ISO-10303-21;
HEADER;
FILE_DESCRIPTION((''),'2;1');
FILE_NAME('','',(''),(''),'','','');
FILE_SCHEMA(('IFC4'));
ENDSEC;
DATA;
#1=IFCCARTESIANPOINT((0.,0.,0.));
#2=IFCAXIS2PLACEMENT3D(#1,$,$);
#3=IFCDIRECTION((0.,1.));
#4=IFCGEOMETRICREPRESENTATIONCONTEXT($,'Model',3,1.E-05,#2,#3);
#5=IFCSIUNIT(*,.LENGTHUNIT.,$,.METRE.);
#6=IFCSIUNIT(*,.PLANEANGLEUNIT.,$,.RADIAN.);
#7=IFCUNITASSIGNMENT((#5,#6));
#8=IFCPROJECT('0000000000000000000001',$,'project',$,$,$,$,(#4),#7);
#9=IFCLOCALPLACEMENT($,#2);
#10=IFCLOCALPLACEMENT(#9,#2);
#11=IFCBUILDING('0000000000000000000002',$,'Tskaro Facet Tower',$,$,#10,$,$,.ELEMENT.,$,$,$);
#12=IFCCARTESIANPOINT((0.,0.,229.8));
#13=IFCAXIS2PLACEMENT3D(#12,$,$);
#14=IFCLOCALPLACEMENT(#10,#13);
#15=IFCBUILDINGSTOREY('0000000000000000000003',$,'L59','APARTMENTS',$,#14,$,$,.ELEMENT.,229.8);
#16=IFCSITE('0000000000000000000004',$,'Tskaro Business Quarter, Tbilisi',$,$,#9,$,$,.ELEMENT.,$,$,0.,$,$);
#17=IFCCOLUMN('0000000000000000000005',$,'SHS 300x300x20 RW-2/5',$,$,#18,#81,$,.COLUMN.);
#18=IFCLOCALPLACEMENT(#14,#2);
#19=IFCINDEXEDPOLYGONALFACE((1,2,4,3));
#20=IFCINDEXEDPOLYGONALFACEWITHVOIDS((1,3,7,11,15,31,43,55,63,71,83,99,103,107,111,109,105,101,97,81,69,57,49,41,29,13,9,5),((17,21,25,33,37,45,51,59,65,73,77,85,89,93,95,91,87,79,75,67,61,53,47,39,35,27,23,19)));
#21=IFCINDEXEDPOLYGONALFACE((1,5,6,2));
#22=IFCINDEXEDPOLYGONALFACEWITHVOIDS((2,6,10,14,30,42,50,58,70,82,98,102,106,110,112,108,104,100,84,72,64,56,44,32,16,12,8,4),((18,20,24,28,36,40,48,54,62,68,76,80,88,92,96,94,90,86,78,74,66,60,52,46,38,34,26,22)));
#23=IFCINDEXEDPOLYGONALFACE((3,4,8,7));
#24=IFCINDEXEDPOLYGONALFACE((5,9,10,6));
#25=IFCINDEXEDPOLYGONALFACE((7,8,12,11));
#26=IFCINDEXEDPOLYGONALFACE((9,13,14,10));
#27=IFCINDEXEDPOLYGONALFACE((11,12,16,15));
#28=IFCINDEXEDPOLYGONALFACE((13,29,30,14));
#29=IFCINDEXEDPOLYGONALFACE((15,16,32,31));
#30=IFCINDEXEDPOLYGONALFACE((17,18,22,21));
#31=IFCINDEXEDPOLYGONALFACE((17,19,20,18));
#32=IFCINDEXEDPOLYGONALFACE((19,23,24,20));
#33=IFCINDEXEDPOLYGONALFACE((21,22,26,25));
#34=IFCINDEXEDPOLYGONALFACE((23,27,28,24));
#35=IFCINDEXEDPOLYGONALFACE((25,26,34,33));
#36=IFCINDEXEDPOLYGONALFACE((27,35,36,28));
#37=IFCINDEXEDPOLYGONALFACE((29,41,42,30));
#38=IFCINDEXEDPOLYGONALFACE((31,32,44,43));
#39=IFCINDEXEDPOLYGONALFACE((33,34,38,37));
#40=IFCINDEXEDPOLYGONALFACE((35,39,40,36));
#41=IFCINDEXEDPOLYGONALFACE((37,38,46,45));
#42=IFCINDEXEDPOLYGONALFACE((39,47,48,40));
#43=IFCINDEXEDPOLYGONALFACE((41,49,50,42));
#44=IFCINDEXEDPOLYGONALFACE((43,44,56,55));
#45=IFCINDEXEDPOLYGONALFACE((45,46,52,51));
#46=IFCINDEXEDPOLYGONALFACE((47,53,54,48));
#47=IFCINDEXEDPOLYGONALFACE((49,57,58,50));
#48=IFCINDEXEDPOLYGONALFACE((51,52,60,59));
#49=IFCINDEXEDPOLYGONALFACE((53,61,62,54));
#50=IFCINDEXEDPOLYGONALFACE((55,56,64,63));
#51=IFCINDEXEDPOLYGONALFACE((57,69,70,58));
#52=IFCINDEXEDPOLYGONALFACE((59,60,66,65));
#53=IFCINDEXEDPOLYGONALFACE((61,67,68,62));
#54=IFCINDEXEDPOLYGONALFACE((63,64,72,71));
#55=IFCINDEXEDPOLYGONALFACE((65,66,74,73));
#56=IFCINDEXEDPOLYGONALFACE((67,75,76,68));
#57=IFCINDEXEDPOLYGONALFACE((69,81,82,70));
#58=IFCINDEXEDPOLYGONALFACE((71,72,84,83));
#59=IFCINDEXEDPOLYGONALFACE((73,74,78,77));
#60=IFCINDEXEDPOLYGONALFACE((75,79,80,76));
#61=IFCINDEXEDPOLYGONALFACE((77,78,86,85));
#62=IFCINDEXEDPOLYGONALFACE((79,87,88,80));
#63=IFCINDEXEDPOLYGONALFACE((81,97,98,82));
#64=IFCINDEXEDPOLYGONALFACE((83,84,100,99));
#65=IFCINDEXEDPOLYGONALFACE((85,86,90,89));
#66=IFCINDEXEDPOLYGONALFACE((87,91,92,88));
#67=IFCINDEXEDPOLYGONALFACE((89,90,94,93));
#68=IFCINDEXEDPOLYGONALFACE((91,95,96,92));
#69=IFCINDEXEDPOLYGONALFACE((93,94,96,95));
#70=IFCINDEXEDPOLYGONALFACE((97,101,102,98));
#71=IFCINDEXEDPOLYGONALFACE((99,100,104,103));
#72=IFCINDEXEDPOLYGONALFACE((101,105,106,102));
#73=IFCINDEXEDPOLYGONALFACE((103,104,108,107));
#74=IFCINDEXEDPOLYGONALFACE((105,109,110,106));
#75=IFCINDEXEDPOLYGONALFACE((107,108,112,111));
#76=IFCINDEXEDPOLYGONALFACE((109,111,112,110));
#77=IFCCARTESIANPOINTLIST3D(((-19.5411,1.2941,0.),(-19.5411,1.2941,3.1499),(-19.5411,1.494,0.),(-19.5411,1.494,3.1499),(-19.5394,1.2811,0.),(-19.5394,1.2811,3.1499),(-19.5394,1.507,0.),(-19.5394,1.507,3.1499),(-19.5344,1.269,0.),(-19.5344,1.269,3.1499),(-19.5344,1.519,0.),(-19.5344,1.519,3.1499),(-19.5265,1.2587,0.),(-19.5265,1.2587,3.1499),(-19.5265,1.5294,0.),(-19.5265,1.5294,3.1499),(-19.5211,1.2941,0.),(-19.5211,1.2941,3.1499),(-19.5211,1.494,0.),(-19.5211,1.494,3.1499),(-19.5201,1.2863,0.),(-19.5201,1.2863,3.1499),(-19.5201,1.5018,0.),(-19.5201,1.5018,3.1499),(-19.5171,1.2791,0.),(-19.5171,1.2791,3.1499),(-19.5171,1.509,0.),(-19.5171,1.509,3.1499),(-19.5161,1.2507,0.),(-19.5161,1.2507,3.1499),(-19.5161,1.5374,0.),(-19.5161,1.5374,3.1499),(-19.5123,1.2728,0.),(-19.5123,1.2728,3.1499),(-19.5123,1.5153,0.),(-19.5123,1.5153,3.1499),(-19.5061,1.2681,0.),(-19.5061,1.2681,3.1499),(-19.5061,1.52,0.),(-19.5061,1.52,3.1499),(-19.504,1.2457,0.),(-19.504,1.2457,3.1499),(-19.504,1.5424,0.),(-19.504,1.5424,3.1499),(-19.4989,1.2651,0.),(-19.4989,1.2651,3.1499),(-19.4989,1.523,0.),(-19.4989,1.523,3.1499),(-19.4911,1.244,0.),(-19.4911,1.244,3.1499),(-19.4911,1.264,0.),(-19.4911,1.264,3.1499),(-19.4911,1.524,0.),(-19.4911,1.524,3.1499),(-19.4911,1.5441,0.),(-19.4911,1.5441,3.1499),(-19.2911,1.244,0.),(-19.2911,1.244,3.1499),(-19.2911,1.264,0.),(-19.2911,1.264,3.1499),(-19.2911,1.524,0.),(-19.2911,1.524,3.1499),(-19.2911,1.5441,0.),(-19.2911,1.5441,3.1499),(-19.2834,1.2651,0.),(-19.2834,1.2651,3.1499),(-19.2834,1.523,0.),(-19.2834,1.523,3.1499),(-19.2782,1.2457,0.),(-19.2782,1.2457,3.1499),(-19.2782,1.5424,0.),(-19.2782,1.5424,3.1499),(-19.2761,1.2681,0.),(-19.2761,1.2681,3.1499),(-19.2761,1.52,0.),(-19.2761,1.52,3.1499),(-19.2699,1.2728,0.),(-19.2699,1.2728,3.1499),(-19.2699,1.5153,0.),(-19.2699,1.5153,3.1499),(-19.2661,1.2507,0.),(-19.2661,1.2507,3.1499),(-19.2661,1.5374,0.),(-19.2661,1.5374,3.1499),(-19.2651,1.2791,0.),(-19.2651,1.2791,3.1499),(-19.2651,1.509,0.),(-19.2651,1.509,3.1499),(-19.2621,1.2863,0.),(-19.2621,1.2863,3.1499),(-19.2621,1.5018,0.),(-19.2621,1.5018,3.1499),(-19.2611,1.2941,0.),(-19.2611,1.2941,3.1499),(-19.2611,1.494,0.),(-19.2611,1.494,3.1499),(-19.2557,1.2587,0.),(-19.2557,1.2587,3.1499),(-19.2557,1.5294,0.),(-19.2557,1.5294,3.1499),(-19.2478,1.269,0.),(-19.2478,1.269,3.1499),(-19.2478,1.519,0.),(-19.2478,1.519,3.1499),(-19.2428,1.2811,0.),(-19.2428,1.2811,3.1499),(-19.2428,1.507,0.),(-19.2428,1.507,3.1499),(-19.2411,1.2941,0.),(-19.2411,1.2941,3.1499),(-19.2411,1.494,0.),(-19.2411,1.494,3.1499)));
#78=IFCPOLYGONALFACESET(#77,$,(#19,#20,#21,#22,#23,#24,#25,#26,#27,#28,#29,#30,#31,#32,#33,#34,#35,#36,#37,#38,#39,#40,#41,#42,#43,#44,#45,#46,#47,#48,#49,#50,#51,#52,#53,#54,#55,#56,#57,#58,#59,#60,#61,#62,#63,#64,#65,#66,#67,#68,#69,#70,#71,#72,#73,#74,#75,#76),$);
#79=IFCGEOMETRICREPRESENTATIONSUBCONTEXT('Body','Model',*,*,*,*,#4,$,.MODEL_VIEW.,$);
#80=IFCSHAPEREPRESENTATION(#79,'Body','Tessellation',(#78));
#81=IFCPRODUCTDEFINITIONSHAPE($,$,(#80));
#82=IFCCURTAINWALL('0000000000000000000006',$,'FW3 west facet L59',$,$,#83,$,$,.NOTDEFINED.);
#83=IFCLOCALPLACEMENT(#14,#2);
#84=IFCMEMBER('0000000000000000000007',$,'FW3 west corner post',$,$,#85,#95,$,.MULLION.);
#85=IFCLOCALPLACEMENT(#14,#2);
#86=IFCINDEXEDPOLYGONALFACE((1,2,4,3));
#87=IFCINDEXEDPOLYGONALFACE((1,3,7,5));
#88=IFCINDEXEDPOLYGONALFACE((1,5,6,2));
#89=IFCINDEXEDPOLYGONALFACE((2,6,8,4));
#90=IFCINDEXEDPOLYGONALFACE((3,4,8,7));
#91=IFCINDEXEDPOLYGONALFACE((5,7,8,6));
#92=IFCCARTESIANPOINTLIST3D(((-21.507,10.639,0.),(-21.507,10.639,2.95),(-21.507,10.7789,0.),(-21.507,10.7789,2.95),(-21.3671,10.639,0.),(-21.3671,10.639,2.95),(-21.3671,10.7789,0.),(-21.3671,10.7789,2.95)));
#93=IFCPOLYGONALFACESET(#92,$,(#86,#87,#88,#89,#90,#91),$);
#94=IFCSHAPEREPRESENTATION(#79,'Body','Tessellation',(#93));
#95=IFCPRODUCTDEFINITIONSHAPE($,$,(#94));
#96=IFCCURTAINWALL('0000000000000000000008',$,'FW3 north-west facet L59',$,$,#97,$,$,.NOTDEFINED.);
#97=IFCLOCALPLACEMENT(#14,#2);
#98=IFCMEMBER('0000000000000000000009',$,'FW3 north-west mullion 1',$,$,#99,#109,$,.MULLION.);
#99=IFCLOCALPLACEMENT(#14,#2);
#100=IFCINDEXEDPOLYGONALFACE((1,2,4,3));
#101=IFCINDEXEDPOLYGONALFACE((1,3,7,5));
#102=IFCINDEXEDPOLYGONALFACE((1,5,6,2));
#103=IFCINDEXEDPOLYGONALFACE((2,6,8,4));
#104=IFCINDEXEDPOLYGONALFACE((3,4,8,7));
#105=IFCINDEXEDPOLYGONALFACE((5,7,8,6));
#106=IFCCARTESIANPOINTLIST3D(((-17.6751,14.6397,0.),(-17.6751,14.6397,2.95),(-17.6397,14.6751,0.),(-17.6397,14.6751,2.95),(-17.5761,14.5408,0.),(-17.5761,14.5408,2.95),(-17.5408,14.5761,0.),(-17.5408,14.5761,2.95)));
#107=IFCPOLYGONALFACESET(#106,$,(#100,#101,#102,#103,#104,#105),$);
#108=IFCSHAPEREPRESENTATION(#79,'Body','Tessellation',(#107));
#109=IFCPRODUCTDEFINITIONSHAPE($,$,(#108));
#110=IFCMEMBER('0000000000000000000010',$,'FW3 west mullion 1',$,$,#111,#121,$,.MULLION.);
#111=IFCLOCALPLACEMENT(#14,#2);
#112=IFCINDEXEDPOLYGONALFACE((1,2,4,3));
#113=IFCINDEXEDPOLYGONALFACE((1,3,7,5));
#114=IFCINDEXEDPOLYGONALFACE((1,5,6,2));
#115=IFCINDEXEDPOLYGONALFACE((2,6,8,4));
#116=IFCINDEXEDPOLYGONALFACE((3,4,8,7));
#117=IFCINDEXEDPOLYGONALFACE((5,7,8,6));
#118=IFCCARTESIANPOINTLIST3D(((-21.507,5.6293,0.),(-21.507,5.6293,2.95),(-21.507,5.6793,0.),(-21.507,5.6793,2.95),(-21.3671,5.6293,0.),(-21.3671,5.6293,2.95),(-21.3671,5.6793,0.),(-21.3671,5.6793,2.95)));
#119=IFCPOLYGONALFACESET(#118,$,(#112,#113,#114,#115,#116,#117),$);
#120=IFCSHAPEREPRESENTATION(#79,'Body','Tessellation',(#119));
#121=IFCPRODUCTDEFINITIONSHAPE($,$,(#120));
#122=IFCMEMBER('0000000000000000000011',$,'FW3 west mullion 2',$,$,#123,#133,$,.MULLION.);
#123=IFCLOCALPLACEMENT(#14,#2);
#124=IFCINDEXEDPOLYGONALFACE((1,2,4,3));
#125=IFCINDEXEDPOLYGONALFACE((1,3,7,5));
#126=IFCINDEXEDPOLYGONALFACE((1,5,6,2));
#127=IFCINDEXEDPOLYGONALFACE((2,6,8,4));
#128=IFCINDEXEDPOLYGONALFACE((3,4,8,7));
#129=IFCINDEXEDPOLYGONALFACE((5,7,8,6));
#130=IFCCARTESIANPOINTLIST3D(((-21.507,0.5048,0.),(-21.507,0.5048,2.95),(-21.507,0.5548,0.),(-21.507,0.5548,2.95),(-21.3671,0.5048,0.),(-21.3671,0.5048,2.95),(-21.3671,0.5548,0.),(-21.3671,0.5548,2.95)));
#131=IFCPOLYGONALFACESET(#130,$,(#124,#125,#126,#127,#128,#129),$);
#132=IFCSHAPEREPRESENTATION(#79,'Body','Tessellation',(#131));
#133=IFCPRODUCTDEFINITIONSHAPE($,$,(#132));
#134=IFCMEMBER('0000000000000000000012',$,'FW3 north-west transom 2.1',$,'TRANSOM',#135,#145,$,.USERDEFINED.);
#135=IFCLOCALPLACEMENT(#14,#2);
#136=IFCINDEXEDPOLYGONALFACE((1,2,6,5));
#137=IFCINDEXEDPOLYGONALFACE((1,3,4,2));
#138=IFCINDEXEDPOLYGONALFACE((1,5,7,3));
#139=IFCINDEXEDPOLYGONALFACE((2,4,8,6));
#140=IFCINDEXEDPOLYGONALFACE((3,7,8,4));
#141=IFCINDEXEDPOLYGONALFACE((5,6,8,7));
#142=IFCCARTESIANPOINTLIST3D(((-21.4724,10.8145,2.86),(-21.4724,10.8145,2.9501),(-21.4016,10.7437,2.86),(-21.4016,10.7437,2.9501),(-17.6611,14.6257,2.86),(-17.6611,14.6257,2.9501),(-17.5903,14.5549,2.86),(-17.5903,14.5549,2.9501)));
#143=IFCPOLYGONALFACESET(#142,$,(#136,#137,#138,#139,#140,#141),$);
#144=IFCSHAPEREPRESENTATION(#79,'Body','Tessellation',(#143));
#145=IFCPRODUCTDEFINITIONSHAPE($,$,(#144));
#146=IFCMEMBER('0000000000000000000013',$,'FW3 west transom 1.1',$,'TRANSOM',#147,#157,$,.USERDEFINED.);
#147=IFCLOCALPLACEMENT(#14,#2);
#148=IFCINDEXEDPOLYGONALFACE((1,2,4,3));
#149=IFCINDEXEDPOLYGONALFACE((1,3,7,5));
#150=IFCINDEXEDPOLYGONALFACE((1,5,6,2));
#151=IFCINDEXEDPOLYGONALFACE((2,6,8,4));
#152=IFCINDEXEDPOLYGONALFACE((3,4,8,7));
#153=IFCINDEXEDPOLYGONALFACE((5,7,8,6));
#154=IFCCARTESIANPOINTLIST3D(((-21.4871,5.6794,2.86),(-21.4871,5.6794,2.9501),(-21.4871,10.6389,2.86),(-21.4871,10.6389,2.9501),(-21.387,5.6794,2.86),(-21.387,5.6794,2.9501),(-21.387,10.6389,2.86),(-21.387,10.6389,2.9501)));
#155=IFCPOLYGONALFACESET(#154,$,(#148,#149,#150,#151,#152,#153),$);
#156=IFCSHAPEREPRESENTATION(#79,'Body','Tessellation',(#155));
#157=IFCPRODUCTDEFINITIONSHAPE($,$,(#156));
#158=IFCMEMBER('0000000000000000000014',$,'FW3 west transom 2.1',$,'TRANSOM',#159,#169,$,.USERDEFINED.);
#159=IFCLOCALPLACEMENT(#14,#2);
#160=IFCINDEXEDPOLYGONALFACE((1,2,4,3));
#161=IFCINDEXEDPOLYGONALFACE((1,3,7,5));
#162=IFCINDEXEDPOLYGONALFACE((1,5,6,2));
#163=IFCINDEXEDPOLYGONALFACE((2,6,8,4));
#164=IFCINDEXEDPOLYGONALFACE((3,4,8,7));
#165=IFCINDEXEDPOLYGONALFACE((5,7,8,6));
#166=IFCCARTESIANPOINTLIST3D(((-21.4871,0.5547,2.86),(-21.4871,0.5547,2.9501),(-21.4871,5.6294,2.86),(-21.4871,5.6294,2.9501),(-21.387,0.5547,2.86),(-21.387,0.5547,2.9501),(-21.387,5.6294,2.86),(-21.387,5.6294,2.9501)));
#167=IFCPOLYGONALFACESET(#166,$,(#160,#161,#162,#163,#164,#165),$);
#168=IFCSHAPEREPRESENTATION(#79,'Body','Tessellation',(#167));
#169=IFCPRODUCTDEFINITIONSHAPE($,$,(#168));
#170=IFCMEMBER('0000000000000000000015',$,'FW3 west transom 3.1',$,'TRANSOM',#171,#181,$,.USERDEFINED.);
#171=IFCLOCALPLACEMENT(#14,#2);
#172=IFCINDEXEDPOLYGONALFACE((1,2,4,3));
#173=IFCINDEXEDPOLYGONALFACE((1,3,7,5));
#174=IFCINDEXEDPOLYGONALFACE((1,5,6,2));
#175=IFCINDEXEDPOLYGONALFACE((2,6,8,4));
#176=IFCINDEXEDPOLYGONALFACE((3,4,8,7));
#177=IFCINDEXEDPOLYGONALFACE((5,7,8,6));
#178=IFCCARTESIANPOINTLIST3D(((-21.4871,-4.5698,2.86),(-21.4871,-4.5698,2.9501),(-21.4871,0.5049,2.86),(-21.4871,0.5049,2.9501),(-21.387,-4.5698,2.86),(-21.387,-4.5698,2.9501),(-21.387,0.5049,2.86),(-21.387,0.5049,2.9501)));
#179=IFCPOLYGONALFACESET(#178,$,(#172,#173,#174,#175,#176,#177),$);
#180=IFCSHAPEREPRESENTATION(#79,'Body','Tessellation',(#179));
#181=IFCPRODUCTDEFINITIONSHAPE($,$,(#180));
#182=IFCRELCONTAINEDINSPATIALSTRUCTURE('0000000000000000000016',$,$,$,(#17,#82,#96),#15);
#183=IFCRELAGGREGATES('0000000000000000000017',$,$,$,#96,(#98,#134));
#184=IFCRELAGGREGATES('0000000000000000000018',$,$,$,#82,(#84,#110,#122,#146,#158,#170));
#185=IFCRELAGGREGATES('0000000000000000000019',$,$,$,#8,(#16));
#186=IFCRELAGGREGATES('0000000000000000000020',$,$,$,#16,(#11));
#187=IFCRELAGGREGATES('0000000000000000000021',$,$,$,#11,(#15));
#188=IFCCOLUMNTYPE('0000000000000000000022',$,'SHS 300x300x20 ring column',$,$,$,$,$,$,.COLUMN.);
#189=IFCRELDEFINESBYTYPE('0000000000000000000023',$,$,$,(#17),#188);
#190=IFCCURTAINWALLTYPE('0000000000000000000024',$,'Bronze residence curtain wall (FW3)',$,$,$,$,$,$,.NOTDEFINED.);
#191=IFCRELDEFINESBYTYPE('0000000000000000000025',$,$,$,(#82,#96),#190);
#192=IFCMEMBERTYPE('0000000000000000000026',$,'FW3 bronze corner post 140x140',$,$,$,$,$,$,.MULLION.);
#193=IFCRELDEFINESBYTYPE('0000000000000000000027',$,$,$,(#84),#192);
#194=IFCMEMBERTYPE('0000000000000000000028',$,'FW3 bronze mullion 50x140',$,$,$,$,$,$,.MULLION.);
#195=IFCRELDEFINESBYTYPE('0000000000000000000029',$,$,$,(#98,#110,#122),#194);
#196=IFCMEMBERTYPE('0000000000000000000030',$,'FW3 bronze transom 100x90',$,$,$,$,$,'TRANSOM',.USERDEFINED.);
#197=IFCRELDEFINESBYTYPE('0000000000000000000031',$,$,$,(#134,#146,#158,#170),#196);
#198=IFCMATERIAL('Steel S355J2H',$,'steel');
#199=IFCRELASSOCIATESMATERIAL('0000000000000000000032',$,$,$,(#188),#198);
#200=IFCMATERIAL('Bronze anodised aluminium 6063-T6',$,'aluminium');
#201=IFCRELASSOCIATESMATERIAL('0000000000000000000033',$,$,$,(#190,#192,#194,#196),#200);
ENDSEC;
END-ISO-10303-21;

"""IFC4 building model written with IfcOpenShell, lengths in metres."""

from ifc_helpers import new_model, si_unit, direction, frame, origin, origin_2d, place, context, subcontext, project, spatial, rectangle, hollow_rectangle, extrude, material, material_profile, profile_set, type_object, element, aggregate, save


model = new_model("IFC4")

# Units and contexts
model_context = context("Model", 3, precision=1e-05, world=origin(), true_north=direction((0.0, 1.0)))
body_context = subcontext(model_context, "Body", "Model", "MODEL_VIEW")
ifc_project = project(units=[si_unit("LENGTHUNIT", "METRE"), si_unit("PLANEANGLEUNIT", "RADIAN")], contexts=[model_context])

# Site, building, storey
site_placement = place(None, origin())
site = spatial("IfcSite", under=ifc_project, at=site_placement, Name="Tskaro Business Quarter, Tbilisi", CompositionType="ELEMENT", RefElevation=0.0)
building_placement = place(site_placement, origin())
building = spatial("IfcBuilding", under=site, at=building_placement, Name="Tskaro Facet Tower", CompositionType="ELEMENT")
storey_placement = place(building_placement, frame((0.0, 0.0, 229.8)))
storey = spatial("IfcBuildingStorey", under=building, at=storey_placement, Name="L59", Description="APARTMENTS", CompositionType="ELEMENT", Elevation=229.8)

# Column
ifc_material_1 = material(Name="Steel S355J2H", Category="steel")
ifc_material_profile_1 = material_profile(ifc_material_1, hollow_rectangle(XDim=0.3, YDim=0.3, WallThickness=0.02, InnerFilletRadius=0.03, OuterFilletRadius=0.05, at=origin_2d()), Name="SHS 300x300x20")
ifc_profile_set_1 = profile_set([ifc_material_profile_1], Name="Steel S355J2H")
column_type_1 = type_object("IfcColumnType", Name="SHS 300x300x20 ring column", PredefinedType="COLUMN", material=ifc_profile_set_1)
for number, where, z_axis, x_axis, name in (
    (1, (-19.3911, 1.394, 0.0), (0.0, 0.0, 1.0), (1.0, 0.0, 0.0), "SHS 300x300x20 RW-2/5"),
):
    element("IfcColumn", number, at=place(storey_placement, frame(where, z_axis=z_axis, x_axis=x_axis)), inside=storey, type_object=column_type_1, Name=name, PredefinedType="COLUMN", context=body_context, shape_type="SweptSolid", body=[
        extrude(hollow_rectangle(XDim=0.3, YDim=0.3, WallThickness=0.02, InnerFilletRadius=0.03, OuterFilletRadius=0.05, at=origin_2d()), origin(), (0.0, 0.0, 1.0), 3.1499),
    ])

# Curtain walls, members
ifc_material_2 = material(Name="Bronze anodised aluminium 6063-T6", Category="aluminium")
curtain_wall_type = type_object("IfcCurtainWallType", Name="Bronze residence curtain wall (FW3)", PredefinedType="NOTDEFINED", material=ifc_material_2)
curtain_wall_1_placement = place(storey_placement, origin())
curtain_wall_1 = element("IfcCurtainWall", 2, at=curtain_wall_1_placement, inside=storey, type_object=curtain_wall_type, Name="FW3 west facet L59", PredefinedType="NOTDEFINED")
ifc_material_profile_2 = material_profile(ifc_material_2, rectangle(XDim=0.1399, YDim=0.1399, at=origin_2d()), Name="Corner post 140x140")
ifc_profile_set_2 = profile_set([ifc_material_profile_2], Name="Bronze anodised aluminium 6063-T6")
member_type_1 = type_object("IfcMemberType", Name="FW3 bronze corner post 140x140", PredefinedType="MULLION", material=ifc_profile_set_2)
member_1_placement = place(storey_placement, frame((-21.437, 10.709, 0.0), z_axis=(0.0, 0.0, 1.0), x_axis=(0.0, -1.0, 0.0)))
member_1 = element("IfcMember", 3, at=member_1_placement, type_object=member_type_1, Name="FW3 west corner post", PredefinedType="MULLION", context=body_context, shape_type="SweptSolid", body=[
    extrude(rectangle(XDim=0.1399, YDim=0.1399, at=origin_2d()), origin(), (0.0, 0.0, 1.0), 2.95),
])
curtain_wall_2_placement = place(storey_placement, origin())
curtain_wall_2 = element("IfcCurtainWall", 4, at=curtain_wall_2_placement, inside=storey, type_object=curtain_wall_type, Name="FW3 north-west facet L59", PredefinedType="NOTDEFINED")
ifc_material_profile_3 = material_profile(ifc_material_2, rectangle(XDim=0.05, YDim=0.1399, at=origin_2d()), Name="Mullion 50x140")
ifc_profile_set_3 = profile_set([ifc_material_profile_3], Name="Bronze anodised aluminium 6063-T6")
member_type_2 = type_object("IfcMemberType", Name="FW3 bronze mullion 50x140", PredefinedType="MULLION", material=ifc_profile_set_3)
member_2_placement = place(storey_placement, frame((-17.6079, 14.6079, 0.0), z_axis=(0.0, 0.0, 1.0), x_axis=(-0.707107, -0.707107, 0.0)))
member_2 = element("IfcMember", 5, at=member_2_placement, type_object=member_type_2, Name="FW3 north-west mullion 1", PredefinedType="MULLION", context=body_context, shape_type="SweptSolid", body=[
    extrude(rectangle(XDim=0.05, YDim=0.1399, at=origin_2d()), origin(), (0.0, 0.0, 1.0), 2.95),
])

# Members
member_3_placement = place(storey_placement, frame((-21.437, 5.6543, 0.0), z_axis=(0.0, 0.0, 1.0), x_axis=(0.0, -1.0, 0.0)))
member_3 = element("IfcMember", 6, at=member_3_placement, type_object=member_type_2, Name="FW3 west mullion 1", PredefinedType="MULLION", context=body_context, shape_type="SweptSolid", body=[
    extrude(rectangle(XDim=0.05, YDim=0.1399, at=origin_2d()), origin(), (0.0, 0.0, 1.0), 2.95),
])
member_4_placement = place(storey_placement, frame((-21.437, 0.5298, 0.0), z_axis=(0.0, 0.0, 1.0), x_axis=(0.0, -1.0, 0.0)))
member_4 = element("IfcMember", 7, at=member_4_placement, type_object=member_type_2, Name="FW3 west mullion 2", PredefinedType="MULLION", context=body_context, shape_type="SweptSolid", body=[
    extrude(rectangle(XDim=0.05, YDim=0.1399, at=origin_2d()), origin(), (0.0, 0.0, 1.0), 2.95),
])
ifc_material_profile_4 = material_profile(ifc_material_2, rectangle(XDim=0.1001, YDim=0.0901, at=origin_2d()), Name="Transom 100x90")
ifc_profile_set_4 = profile_set([ifc_material_profile_4], Name="Bronze anodised aluminium 6063-T6")
member_type_3 = type_object("IfcMemberType", Name="FW3 bronze transom 100x90", ElementType="TRANSOM", PredefinedType="USERDEFINED", material=ifc_profile_set_4)
member_5_placement = place(storey_placement, frame((-17.6257, 14.5903, 2.905), z_axis=(-0.707107, -0.707107, 0.0), x_axis=(0.707107, -0.707107, 0.0)))
member_5 = element("IfcMember", 8, at=member_5_placement, type_object=member_type_3, Name="FW3 north-west transom 2.1", ObjectType="TRANSOM", PredefinedType="USERDEFINED", context=body_context, shape_type="SweptSolid", body=[
    extrude(rectangle(XDim=0.1001, YDim=0.0901, at=origin_2d()), origin(), (0.0, 0.0, 1.0), 5.3899),
])
member_6_placement = place(storey_placement, frame((-21.437, 10.6389, 2.905), z_axis=(0.0, -1.0, 0.0), x_axis=(1.0, 0.0, 0.0)))
member_6 = element("IfcMember", 9, at=member_6_placement, type_object=member_type_3, Name="FW3 west transom 1.1", ObjectType="TRANSOM", PredefinedType="USERDEFINED", context=body_context, shape_type="SweptSolid", body=[
    extrude(rectangle(XDim=0.1001, YDim=0.0901, at=origin_2d()), origin(), (0.0, 0.0, 1.0), 4.9595),
])
member_7_placement = place(storey_placement, frame((-21.437, 5.6294, 2.905), z_axis=(0.0, -1.0, 0.0), x_axis=(1.0, 0.0, 0.0)))
member_7 = element("IfcMember", 10, at=member_7_placement, type_object=member_type_3, Name="FW3 west transom 2.1", ObjectType="TRANSOM", PredefinedType="USERDEFINED", context=body_context, shape_type="SweptSolid", body=[
    extrude(rectangle(XDim=0.1001, YDim=0.0901, at=origin_2d()), origin(), (0.0, 0.0, 1.0), 5.0747),
])
member_8_placement = place(storey_placement, frame((-21.437, 0.5049, 2.905), z_axis=(0.0, -1.0, 0.0), x_axis=(1.0, 0.0, 0.0)))
member_8 = element("IfcMember", 11, at=member_8_placement, type_object=member_type_3, Name="FW3 west transom 3.1", ObjectType="TRANSOM", PredefinedType="USERDEFINED", context=body_context, shape_type="SweptSolid", body=[
    extrude(rectangle(XDim=0.1001, YDim=0.0901, at=origin_2d()), origin(), (0.0, 0.0, 1.0), 5.0747),
])

aggregate(curtain_wall_2, [member_2, member_5])
aggregate(curtain_wall_1, [member_1, member_3, member_4, member_6, member_7, member_8])

save(model, "model.ifc")
